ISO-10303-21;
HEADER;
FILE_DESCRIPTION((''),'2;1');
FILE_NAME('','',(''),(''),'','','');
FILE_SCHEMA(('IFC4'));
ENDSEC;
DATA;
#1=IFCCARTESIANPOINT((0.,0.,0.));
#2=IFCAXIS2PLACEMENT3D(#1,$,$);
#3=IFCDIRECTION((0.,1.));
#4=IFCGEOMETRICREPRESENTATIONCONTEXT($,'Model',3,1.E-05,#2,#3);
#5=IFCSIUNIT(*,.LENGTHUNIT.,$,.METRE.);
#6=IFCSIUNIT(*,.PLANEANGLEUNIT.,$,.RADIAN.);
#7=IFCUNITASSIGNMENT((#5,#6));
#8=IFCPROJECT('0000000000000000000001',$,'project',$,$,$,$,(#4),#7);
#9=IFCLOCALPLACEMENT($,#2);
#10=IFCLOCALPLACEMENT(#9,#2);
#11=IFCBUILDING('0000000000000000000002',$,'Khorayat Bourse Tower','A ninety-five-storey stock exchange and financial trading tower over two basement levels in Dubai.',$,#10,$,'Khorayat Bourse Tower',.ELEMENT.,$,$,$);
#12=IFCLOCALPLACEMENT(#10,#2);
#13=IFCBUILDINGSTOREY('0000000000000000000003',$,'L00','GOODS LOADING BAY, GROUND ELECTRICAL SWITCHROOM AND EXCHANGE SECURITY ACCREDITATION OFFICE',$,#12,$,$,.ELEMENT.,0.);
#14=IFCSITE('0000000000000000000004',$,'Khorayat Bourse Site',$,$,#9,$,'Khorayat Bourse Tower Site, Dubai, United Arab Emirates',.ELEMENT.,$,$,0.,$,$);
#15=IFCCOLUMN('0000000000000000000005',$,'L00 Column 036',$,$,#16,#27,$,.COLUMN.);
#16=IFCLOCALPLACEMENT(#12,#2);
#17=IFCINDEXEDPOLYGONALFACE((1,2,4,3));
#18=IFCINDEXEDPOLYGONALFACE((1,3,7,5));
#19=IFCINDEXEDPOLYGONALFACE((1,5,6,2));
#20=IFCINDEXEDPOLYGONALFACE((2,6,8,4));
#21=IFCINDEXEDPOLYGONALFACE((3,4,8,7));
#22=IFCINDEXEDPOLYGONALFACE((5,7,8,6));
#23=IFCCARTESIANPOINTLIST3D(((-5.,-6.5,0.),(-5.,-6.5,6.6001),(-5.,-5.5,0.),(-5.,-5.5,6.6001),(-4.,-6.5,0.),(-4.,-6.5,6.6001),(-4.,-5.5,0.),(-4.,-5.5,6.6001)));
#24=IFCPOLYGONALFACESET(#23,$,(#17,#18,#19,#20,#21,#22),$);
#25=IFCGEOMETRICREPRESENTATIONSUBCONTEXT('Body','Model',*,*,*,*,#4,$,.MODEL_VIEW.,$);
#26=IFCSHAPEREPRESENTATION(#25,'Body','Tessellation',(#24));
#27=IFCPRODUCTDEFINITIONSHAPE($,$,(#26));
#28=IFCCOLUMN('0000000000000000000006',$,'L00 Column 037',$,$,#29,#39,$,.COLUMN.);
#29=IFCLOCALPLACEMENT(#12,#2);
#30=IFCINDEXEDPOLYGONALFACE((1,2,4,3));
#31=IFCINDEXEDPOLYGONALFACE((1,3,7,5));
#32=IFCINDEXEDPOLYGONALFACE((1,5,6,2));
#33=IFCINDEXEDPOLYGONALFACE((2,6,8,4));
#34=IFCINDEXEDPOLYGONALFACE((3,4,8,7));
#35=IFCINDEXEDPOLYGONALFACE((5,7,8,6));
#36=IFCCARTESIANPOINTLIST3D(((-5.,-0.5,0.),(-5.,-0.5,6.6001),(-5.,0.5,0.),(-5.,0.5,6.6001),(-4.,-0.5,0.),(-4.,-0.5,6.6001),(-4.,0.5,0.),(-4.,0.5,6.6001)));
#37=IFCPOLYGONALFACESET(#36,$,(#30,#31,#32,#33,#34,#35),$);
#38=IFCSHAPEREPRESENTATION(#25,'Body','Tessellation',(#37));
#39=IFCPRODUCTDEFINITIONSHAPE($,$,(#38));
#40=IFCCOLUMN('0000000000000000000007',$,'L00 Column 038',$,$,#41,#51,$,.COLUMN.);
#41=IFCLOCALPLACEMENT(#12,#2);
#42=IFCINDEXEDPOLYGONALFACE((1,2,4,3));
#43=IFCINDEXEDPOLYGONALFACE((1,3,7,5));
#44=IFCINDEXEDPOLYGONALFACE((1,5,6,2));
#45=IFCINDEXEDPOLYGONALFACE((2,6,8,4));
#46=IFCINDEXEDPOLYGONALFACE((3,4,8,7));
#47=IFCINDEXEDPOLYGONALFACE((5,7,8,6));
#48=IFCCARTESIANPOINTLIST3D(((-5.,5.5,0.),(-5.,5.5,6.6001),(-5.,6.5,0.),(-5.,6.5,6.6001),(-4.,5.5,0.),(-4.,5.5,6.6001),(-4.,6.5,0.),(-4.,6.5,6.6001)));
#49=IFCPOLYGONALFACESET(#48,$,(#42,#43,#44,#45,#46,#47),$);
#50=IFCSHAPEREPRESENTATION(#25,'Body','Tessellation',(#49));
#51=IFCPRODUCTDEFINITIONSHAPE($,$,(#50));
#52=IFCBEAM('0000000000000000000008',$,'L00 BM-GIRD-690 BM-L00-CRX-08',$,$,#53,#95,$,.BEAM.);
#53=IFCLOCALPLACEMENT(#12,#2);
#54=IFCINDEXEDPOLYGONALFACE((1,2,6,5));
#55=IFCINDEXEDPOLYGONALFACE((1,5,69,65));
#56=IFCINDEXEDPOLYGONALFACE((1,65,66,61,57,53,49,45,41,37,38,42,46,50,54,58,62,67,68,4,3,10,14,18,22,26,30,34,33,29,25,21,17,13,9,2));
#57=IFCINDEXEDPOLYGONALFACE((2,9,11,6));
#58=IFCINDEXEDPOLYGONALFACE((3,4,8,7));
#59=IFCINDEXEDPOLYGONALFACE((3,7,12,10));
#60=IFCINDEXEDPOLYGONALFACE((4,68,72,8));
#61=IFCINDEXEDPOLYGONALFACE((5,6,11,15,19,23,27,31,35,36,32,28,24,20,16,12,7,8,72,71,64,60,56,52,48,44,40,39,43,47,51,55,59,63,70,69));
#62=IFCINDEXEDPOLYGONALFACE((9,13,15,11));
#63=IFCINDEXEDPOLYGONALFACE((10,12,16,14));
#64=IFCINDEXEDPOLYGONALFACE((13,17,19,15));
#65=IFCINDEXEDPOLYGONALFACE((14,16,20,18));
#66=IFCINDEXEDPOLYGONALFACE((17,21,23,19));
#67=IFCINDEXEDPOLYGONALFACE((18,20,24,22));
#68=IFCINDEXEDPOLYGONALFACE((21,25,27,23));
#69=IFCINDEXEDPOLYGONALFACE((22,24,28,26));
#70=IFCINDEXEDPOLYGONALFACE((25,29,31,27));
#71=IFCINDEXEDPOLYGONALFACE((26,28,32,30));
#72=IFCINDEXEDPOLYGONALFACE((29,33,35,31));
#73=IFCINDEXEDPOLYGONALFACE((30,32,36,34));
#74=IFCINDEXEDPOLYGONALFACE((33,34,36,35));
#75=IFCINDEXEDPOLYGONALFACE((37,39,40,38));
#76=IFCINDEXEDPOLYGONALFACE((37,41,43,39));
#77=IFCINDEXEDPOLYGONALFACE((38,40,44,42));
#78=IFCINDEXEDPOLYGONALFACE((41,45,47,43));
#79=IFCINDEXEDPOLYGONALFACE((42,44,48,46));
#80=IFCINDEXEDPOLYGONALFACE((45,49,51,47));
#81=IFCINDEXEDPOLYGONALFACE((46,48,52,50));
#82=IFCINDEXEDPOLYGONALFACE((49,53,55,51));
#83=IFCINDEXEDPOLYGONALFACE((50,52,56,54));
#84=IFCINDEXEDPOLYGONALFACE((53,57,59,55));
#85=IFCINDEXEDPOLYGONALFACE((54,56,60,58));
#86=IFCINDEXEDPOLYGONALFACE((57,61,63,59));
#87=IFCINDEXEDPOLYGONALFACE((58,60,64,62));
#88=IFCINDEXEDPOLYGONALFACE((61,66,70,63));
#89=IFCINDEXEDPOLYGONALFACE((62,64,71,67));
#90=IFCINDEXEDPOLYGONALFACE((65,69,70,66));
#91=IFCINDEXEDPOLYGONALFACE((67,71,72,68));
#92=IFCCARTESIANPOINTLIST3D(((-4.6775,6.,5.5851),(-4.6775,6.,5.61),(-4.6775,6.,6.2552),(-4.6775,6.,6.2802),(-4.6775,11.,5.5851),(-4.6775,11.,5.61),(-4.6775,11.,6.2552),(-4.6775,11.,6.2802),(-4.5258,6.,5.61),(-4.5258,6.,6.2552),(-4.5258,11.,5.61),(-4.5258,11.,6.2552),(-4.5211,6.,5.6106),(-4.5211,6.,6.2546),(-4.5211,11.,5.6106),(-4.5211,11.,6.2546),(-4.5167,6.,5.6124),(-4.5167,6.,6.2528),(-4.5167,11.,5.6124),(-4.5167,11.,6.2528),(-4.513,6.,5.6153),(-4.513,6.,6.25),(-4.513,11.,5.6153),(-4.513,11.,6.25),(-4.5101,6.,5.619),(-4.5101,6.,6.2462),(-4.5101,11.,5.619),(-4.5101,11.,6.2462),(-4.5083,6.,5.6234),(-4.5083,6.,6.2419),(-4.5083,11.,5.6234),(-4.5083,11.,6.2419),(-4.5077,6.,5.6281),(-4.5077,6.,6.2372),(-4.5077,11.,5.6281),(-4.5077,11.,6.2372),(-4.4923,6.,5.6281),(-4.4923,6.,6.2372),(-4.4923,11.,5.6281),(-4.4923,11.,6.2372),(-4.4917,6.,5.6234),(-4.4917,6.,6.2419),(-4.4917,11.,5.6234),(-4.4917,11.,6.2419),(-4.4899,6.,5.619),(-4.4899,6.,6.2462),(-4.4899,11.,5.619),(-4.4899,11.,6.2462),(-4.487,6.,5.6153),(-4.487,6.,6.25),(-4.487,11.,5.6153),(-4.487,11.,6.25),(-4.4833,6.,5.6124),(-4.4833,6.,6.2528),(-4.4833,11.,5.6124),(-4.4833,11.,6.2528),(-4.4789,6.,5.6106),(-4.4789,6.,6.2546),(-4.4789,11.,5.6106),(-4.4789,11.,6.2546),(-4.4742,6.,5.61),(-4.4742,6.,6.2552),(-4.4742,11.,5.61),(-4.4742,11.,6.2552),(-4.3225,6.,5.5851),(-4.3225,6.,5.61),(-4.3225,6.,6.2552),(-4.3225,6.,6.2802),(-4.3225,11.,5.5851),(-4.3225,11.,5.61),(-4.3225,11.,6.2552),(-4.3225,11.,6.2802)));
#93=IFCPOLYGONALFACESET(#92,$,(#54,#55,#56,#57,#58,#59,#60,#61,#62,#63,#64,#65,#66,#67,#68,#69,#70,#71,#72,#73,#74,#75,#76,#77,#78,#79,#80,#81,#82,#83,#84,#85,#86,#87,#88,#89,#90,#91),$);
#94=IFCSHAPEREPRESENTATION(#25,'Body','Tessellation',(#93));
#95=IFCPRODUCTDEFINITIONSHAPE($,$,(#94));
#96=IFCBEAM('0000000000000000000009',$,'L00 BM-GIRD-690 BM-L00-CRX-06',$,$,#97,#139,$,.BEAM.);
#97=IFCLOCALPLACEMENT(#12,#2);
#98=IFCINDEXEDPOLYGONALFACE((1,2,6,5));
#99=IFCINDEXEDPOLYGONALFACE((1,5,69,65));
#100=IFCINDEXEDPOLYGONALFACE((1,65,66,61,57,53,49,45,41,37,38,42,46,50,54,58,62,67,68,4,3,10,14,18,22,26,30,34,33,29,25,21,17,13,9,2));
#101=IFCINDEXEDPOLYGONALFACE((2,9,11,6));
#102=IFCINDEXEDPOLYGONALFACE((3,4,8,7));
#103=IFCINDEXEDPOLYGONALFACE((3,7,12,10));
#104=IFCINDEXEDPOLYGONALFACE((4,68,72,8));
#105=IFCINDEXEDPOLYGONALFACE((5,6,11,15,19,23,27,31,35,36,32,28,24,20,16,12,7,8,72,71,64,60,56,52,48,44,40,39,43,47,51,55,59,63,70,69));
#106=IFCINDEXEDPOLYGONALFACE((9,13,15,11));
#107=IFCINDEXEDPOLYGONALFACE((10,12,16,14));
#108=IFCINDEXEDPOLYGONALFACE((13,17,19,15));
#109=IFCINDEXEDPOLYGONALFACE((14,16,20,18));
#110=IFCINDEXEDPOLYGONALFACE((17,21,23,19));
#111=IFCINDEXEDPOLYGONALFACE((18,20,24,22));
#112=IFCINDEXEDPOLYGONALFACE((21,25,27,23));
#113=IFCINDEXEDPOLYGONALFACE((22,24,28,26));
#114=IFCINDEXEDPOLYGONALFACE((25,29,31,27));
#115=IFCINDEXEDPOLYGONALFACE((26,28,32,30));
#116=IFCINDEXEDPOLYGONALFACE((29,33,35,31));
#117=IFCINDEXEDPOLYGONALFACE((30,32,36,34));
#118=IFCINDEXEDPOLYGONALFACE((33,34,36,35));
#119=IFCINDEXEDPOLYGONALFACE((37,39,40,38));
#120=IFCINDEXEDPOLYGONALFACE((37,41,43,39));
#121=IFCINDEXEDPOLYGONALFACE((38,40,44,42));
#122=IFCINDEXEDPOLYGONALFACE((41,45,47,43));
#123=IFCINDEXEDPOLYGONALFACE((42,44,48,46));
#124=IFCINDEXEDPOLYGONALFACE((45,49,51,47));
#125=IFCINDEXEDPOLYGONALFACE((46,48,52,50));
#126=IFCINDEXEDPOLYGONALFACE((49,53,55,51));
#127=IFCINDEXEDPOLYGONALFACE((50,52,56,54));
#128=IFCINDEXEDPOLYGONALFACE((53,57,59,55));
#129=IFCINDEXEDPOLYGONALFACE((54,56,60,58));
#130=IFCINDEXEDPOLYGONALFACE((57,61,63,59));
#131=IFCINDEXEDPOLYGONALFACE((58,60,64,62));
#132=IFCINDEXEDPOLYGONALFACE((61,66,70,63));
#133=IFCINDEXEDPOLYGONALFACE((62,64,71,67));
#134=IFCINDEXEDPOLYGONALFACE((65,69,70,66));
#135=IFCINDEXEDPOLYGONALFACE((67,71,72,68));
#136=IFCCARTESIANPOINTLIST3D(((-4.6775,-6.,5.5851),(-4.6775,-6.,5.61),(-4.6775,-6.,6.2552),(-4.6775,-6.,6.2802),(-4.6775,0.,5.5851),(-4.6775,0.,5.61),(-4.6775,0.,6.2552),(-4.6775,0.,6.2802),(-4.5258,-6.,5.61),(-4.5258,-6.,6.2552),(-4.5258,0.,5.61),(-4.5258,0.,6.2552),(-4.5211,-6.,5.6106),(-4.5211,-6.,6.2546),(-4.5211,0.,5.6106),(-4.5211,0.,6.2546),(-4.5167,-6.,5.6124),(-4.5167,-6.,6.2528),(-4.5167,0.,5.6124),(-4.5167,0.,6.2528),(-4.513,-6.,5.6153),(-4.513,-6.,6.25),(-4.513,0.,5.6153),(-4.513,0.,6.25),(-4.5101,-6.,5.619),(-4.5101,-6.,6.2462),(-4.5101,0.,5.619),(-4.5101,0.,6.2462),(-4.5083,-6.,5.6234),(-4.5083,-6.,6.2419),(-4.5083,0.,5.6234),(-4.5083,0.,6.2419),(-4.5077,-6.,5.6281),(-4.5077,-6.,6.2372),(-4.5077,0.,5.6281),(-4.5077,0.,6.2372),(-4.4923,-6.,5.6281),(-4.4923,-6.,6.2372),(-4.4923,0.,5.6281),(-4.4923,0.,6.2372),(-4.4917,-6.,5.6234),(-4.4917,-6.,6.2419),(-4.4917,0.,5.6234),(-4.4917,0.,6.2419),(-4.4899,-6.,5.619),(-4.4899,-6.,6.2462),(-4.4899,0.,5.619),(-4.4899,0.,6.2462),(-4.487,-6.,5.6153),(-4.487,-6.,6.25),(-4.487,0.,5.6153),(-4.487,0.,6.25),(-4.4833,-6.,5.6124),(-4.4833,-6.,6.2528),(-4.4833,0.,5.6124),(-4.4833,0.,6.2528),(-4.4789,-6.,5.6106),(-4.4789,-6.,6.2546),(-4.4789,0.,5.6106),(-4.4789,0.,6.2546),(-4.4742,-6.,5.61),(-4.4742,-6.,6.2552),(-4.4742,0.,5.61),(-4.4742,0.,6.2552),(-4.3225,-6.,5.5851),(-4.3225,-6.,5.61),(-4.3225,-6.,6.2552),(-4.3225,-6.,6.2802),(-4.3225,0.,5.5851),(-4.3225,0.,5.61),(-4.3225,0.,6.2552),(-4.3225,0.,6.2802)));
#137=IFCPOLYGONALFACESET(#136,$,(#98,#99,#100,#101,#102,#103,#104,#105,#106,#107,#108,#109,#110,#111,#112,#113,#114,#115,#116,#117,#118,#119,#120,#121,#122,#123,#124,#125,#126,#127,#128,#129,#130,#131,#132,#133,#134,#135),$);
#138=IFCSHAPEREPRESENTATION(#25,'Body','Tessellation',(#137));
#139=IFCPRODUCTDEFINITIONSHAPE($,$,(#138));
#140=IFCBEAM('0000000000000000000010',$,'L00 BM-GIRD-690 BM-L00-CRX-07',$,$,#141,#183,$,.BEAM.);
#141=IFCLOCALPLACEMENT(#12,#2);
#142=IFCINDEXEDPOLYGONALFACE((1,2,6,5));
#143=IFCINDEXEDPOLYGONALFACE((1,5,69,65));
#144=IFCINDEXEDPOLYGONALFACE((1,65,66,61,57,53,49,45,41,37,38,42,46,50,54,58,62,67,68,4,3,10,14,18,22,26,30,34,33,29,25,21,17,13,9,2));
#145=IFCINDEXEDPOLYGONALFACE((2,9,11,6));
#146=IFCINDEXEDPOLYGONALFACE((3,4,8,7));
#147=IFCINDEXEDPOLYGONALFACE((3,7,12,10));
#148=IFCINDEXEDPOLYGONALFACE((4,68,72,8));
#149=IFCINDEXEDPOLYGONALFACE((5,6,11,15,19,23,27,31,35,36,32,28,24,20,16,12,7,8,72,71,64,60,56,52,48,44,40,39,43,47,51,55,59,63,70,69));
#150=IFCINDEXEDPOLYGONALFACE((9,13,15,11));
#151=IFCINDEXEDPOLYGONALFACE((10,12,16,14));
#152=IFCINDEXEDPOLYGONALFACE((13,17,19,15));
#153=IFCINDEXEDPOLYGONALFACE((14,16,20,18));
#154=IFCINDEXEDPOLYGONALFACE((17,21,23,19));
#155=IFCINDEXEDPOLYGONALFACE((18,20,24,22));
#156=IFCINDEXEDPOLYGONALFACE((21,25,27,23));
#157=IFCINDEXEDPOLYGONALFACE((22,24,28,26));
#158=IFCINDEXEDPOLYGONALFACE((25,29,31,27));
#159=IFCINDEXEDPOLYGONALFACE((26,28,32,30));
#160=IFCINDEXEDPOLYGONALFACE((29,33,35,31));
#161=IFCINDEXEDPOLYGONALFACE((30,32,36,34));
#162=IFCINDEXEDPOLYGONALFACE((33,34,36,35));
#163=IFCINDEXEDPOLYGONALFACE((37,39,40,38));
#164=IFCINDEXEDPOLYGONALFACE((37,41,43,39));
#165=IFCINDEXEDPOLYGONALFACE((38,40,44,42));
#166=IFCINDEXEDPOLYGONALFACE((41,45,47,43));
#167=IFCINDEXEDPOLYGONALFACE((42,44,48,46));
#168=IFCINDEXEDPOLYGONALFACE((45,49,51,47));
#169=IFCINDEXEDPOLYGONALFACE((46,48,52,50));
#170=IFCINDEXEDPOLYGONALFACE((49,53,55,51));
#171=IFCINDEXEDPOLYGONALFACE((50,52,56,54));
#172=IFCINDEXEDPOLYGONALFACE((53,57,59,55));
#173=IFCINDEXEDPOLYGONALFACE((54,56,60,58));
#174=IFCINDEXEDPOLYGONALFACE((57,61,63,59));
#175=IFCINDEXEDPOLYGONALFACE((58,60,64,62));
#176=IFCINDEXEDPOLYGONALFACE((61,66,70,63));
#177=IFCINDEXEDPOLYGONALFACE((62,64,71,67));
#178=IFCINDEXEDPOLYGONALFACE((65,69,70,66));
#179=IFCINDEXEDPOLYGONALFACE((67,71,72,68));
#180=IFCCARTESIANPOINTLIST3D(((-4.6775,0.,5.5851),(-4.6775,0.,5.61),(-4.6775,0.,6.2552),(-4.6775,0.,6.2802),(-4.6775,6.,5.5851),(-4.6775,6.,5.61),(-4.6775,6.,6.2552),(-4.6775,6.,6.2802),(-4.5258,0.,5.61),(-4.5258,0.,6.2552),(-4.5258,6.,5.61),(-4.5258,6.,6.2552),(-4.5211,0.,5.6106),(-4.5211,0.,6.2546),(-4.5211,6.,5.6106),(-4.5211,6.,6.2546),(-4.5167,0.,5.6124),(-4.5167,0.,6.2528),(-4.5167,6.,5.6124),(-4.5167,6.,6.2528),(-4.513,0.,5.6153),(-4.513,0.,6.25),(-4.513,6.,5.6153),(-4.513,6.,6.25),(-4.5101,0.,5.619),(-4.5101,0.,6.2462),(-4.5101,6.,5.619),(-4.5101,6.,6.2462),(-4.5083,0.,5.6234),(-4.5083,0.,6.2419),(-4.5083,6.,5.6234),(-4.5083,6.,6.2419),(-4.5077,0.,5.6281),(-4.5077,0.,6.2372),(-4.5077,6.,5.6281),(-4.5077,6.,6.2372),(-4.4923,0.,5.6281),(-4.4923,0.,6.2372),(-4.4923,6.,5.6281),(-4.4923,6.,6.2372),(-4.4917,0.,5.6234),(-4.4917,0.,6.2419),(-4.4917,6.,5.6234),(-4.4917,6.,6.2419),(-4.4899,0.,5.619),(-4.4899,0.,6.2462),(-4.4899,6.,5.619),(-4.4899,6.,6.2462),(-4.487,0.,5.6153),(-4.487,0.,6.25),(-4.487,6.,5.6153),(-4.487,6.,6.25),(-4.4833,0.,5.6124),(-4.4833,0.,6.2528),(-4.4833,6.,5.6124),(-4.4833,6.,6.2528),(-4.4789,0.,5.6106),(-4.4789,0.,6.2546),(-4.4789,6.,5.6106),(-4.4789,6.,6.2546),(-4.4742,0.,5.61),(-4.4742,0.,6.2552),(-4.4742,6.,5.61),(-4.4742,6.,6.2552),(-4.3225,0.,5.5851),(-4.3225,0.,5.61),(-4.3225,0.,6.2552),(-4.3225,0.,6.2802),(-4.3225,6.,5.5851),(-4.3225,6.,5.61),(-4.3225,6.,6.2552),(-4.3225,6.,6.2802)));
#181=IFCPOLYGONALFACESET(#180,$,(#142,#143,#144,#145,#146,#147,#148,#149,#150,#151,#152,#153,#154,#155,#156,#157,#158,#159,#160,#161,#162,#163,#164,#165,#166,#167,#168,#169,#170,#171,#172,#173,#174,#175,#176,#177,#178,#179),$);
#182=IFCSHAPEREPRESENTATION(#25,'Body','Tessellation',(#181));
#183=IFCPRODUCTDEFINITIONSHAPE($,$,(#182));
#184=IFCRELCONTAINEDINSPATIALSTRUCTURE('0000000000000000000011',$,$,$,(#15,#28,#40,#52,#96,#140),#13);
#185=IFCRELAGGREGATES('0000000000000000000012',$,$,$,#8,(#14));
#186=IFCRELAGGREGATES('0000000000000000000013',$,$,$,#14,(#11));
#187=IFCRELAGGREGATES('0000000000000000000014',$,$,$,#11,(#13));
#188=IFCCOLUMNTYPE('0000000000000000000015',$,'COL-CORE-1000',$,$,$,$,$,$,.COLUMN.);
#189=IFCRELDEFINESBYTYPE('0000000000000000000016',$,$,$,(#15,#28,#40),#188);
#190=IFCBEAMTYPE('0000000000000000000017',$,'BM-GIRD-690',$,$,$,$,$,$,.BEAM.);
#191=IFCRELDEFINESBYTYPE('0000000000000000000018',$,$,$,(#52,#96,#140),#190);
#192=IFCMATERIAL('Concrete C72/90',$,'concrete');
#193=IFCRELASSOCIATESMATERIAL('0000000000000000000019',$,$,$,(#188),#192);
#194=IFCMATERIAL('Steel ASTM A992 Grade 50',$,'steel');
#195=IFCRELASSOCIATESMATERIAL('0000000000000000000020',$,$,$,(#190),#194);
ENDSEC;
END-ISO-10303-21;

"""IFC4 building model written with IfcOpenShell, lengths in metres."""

from ifc_helpers import new_model, si_unit, direction, frame, origin, origin_2d, place, context, subcontext, project, spatial, rectangle, i_section, extrude, source, transform, mapped, material, material_profile, profile_set, type_object, element, save


model = new_model("IFC4")

# Units and contexts
model_context = context("Model", 3, precision=1e-05, world=origin(), true_north=direction((0.0, 1.0)))
body_context = subcontext(model_context, "Body", "Model", "MODEL_VIEW")
ifc_project = project(units=[si_unit("LENGTHUNIT", "METRE"), si_unit("PLANEANGLEUNIT", "RADIAN")], contexts=[model_context])

# Site, building, storey
site_placement = place(None, origin())
site = spatial("IfcSite", under=ifc_project, at=site_placement, Name="Khorayat Bourse Site", LongName="Khorayat Bourse Tower Site, Dubai, United Arab Emirates", CompositionType="ELEMENT", RefElevation=0.0)
building_placement = place(site_placement, origin())
building = spatial("IfcBuilding", under=site, at=building_placement, Name="Khorayat Bourse Tower", Description="A ninety-five-storey stock exchange and financial trading tower over two basement levels in Dubai.", LongName="Khorayat Bourse Tower", CompositionType="ELEMENT")
storey_placement = place(building_placement, origin())
storey = spatial("IfcBuildingStorey", under=building, at=storey_placement, Name="L00", Description="GOODS LOADING BAY, GROUND ELECTRICAL SWITCHROOM AND EXCHANGE SECURITY ACCREDITATION OFFICE", CompositionType="ELEMENT", Elevation=0.0)

# Columns
ifc_material_1 = material(Name="Concrete C72/90", Category="concrete")
ifc_material_profile_1 = material_profile(ifc_material_1, rectangle(XDim=1.0, YDim=1.0, at=origin_2d()), Name="RC 1000x1000")
ifc_profile_set_1 = profile_set([ifc_material_profile_1], Name="Concrete C72/90")
column_type = type_object("IfcColumnType", Name="COL-CORE-1000", PredefinedType="COLUMN", material=ifc_profile_set_1)
shared_shape_1 = source(origin(), body_context, "Body", "SweptSolid", [
    extrude(rectangle(XDim=1.0, YDim=1.0, at=origin_2d()), origin(), (0.0, 0.0, 1.0), 6.6001),
])
for number, where, z_axis, x_axis, name in (
    (1, (-4.5, -6.0, 0.0), (0.0, 0.0, 1.0), (1.0, 0.0, 0.0), "L00 Column 036"),
    (2, (-4.5, 0.0, 0.0), (0.0, 0.0, 1.0), (1.0, 0.0, 0.0), "L00 Column 037"),
    (3, (-4.5, 6.0, 0.0), (0.0, 0.0, 1.0), (1.0, 0.0, 0.0), "L00 Column 038"),
):
    element("IfcColumn", number, at=place(storey_placement, frame(where, z_axis=z_axis, x_axis=x_axis)), inside=storey, type_object=column_type, Name=name, PredefinedType="COLUMN", context=body_context, shape_type="MappedRepresentation", body=[
        mapped(shared_shape_1, transform((0.0, 0.0, 0.0), scale=1.0)),
    ])

# Beams
ifc_material_2 = material(Name="Steel ASTM A992 Grade 50", Category="steel")
ifc_material_profile_2 = material_profile(ifc_material_2, i_section(OverallWidth=0.355, OverallDepth=0.6951, WebThickness=0.0154, FlangeThickness=0.0249, FilletRadius=0.0181, at=origin_2d()), Name="W690X217")
ifc_profile_set_2 = profile_set([ifc_material_profile_2], Name="Steel ASTM A992 Grade 50")
beam_type = type_object("IfcBeamType", Name="BM-GIRD-690", PredefinedType="BEAM", material=ifc_profile_set_2)
shared_shape_2 = source(origin(), body_context, "Body", "SweptSolid", [
    extrude(i_section(OverallWidth=0.355, OverallDepth=0.6951, WebThickness=0.0154, FlangeThickness=0.0249, FilletRadius=0.0181, at=origin_2d()), origin(), (0.0, 0.0, 1.0), 5.0),
])
beam_1_placement = place(storey_placement, frame((-4.5, 6.0, 5.9326), z_axis=(0.0, 1.0, 0.0), x_axis=(-1.0, 0.0, 0.0)))
element("IfcBeam", 4, at=beam_1_placement, inside=storey, type_object=beam_type, Name="L00 BM-GIRD-690 BM-L00-CRX-08", PredefinedType="BEAM", context=body_context, shape_type="MappedRepresentation", body=[
    mapped(shared_shape_2, transform((0.0, 0.0, 0.0), scale=1.0)),
])
shared_shape_3 = source(origin(), body_context, "Body", "SweptSolid", [
    extrude(i_section(OverallWidth=0.355, OverallDepth=0.6951, WebThickness=0.0154, FlangeThickness=0.0249, FilletRadius=0.0181, at=origin_2d()), origin(), (0.0, 0.0, 1.0), 6.0),
])
for number, where, z_axis, x_axis, name in (
    (5, (-4.5, -6.0, 5.9326), (0.0, 1.0, 0.0), (-1.0, 0.0, 0.0), "L00 BM-GIRD-690 BM-L00-CRX-06"),
    (6, (-4.5, 0.0, 5.9326), (0.0, 1.0, 0.0), (-1.0, 0.0, 0.0), "L00 BM-GIRD-690 BM-L00-CRX-07"),
):
    element("IfcBeam", number, at=place(storey_placement, frame(where, z_axis=z_axis, x_axis=x_axis)), inside=storey, type_object=beam_type, Name=name, PredefinedType="BEAM", context=body_context, shape_type="MappedRepresentation", body=[
        mapped(shared_shape_3, transform((0.0, 0.0, 0.0), scale=1.0)),
    ])

save(model, "model.ifc")
